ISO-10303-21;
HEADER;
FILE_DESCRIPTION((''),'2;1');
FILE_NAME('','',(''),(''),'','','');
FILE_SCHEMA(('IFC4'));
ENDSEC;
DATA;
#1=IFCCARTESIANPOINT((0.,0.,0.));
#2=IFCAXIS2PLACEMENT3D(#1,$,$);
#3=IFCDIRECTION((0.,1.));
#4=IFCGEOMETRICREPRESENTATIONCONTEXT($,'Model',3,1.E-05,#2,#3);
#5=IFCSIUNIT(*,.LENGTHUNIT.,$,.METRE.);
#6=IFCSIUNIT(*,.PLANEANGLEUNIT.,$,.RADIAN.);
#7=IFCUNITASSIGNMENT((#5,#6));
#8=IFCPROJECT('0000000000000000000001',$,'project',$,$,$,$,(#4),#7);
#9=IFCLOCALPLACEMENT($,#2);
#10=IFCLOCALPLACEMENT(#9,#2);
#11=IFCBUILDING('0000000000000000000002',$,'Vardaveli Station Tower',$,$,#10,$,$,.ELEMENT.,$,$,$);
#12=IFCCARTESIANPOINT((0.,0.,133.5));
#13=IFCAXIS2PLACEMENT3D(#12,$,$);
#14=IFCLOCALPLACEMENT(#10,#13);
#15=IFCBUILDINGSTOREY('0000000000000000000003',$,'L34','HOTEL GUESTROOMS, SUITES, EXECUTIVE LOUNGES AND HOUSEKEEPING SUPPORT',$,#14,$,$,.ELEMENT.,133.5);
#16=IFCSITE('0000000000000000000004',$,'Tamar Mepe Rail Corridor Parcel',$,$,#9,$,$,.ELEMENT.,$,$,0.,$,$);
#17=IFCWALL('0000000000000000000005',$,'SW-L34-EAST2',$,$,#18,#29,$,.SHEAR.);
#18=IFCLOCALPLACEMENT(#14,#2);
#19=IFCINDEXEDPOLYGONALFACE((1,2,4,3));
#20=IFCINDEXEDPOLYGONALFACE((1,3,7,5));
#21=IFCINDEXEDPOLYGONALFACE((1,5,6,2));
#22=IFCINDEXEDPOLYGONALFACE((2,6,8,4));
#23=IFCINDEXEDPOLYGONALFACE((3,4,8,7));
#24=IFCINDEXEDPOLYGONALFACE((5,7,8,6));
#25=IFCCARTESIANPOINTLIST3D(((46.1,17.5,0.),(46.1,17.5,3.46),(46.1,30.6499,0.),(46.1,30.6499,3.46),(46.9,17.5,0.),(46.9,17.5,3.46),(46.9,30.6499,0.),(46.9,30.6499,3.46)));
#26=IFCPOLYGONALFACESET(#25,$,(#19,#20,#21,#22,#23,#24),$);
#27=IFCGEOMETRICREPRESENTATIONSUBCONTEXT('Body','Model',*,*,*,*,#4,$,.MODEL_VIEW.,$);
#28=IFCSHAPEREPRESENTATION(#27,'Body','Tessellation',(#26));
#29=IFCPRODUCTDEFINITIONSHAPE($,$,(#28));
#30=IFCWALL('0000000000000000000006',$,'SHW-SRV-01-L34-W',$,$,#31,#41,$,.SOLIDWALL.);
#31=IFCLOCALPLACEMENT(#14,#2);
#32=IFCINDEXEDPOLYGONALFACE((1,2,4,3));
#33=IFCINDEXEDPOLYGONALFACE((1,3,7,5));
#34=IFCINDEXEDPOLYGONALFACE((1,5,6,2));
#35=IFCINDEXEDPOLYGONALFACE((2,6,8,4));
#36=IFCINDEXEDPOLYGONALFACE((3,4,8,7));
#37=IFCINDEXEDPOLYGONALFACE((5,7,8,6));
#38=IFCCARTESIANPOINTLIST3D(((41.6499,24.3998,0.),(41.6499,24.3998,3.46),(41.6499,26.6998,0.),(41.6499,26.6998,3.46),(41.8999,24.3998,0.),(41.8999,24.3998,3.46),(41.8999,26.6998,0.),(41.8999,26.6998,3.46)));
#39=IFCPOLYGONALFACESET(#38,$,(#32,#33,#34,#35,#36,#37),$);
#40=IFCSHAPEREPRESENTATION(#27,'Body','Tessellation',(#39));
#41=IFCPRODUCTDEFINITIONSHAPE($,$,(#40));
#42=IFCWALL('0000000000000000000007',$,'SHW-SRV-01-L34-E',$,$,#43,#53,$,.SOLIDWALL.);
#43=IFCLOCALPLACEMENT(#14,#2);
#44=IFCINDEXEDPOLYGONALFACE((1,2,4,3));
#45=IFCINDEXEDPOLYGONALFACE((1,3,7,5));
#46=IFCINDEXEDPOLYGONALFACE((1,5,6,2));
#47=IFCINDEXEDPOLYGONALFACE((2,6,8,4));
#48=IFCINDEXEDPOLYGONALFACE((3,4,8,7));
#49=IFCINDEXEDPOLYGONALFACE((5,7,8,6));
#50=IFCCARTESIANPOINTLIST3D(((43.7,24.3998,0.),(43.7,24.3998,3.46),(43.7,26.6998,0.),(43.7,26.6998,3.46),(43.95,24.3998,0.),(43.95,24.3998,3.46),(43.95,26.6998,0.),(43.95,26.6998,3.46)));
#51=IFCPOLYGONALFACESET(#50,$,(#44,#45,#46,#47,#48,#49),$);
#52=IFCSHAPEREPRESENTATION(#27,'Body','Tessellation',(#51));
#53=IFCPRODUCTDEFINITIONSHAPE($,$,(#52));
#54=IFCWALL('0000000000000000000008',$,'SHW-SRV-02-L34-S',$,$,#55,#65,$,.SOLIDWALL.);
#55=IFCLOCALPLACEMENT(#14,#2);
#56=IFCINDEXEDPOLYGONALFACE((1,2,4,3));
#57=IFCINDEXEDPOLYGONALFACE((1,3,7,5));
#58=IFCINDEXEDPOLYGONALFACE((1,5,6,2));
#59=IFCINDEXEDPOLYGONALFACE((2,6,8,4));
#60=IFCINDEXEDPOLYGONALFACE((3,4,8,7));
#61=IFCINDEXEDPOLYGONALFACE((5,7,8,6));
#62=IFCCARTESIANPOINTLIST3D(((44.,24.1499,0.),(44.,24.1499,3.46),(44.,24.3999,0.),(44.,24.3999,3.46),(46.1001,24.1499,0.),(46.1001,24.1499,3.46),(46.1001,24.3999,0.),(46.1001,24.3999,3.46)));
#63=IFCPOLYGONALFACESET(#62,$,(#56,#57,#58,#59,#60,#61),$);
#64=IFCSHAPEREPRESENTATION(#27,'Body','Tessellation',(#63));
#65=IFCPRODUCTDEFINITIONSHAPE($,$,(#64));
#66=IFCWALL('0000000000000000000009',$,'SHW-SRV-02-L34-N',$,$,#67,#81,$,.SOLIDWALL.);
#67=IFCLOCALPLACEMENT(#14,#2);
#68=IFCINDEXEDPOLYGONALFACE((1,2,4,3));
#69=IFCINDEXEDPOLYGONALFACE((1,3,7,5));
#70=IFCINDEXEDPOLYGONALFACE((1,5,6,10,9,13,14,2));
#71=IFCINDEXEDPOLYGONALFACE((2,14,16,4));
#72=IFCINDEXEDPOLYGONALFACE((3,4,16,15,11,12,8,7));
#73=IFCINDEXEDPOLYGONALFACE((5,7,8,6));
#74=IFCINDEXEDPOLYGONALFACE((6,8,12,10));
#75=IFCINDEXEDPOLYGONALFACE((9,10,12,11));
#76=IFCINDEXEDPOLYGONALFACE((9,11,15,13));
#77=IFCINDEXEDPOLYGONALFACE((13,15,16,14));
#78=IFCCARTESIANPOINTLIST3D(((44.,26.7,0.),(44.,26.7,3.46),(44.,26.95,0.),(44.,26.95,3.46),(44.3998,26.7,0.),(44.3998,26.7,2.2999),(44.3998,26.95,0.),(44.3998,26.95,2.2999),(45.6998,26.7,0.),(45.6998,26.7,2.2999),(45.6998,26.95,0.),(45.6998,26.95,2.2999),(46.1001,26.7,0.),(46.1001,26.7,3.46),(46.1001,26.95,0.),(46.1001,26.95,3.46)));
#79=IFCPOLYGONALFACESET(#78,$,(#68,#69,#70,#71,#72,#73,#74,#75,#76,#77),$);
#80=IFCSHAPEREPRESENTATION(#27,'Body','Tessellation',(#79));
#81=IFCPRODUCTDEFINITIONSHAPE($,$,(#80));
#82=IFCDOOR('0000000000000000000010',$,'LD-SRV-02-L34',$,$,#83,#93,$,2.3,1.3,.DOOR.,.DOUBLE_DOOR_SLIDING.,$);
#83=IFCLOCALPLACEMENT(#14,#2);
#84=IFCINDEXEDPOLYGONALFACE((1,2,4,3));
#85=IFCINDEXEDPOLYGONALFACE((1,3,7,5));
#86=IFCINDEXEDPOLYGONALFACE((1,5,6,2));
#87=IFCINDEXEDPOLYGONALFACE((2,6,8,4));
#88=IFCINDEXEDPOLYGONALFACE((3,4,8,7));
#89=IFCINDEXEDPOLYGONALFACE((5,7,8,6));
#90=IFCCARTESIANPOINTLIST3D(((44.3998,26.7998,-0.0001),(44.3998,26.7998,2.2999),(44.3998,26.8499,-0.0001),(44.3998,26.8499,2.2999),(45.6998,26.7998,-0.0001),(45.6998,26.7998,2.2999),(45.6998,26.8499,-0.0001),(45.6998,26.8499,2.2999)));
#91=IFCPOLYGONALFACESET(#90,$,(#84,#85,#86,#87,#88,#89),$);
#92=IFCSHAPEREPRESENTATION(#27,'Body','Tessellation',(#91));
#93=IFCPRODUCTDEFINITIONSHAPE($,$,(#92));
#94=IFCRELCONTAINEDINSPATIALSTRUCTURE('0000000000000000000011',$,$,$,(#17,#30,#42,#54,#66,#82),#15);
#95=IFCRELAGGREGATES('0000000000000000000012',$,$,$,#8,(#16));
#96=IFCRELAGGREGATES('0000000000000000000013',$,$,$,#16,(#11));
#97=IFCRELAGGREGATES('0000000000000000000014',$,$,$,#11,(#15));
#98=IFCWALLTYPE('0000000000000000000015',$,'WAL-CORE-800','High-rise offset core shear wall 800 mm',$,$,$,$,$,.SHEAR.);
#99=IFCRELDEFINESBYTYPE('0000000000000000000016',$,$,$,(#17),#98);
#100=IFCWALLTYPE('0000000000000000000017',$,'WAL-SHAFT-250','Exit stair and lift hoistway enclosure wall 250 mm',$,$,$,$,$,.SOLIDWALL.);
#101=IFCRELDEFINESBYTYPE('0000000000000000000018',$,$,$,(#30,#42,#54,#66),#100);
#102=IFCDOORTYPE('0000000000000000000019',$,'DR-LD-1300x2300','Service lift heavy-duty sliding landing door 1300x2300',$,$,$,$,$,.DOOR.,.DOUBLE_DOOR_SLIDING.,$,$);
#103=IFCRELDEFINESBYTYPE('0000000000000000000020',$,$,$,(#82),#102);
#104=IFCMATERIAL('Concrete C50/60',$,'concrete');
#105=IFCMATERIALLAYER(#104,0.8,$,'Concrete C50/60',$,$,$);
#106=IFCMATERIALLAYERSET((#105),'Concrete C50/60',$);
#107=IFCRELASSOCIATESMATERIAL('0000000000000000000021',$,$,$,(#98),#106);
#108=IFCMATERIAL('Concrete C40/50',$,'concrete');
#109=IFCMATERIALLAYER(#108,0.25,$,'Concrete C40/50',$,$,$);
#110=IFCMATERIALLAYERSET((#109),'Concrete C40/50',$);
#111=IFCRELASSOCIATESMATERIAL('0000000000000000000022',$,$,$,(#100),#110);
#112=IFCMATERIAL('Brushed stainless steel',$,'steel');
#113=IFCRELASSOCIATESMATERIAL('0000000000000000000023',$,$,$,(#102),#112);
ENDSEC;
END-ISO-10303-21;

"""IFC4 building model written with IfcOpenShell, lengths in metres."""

from ifc_helpers import new_model, si_unit, direction, frame, frame_2d, origin, place, context, subcontext, project, spatial, rectangle, extrude, source, transform, mapped, material, layer, layer_set, type_object, element, fill, save


model = new_model("IFC4")

# Units and contexts
model_context = context("Model", 3, precision=1e-05, world=origin(), true_north=direction((0.0, 1.0)))
body_context = subcontext(model_context, "Body", "Model", "MODEL_VIEW")
ifc_project = project(units=[si_unit("LENGTHUNIT", "METRE"), si_unit("PLANEANGLEUNIT", "RADIAN")], contexts=[model_context])

# Site, building, storey
site_placement = place(None, origin())
site = spatial("IfcSite", under=ifc_project, at=site_placement, Name="Tamar Mepe Rail Corridor Parcel", CompositionType="ELEMENT", RefElevation=0.0)
building_placement = place(site_placement, origin())
building = spatial("IfcBuilding", under=site, at=building_placement, Name="Vardaveli Station Tower", CompositionType="ELEMENT")
storey_placement = place(building_placement, frame((0.0, 0.0, 133.5)))
storey = spatial("IfcBuildingStorey", under=building, at=storey_placement, Name="L34", Description="HOTEL GUESTROOMS, SUITES, EXECUTIVE LOUNGES AND HOUSEKEEPING SUPPORT", CompositionType="ELEMENT", Elevation=133.5)

# Walls
ifc_material_1 = material(Name="Concrete C50/60", Category="concrete")
ifc_layer_1 = layer(ifc_material_1, 0.8, Name="Concrete C50/60")
ifc_layer_set_1 = layer_set([ifc_layer_1], Name="Concrete C50/60")
wall_type_1 = type_object("IfcWallType", Name="WAL-CORE-800", Description="High-rise offset core shear wall 800 mm", PredefinedType="SHEAR", material=ifc_layer_set_1)
shared_shape_1 = source(origin(), body_context, "Body", "SweptSolid", [
    extrude(rectangle(XDim=13.1499, YDim=0.8, at=frame_2d((6.575, 0.0))), origin(), (0.0, 0.0, 1.0), 3.46),
])
wall_1_placement = place(storey_placement, frame((46.5, 17.5, 0.0), z_axis=(0.0, 0.0, 1.0), x_axis=(0.0, 1.0, 0.0)))
element("IfcWall", 1, at=wall_1_placement, inside=storey, type_object=wall_type_1, Name="SW-L34-EAST2", PredefinedType="SHEAR", context=body_context, shape_type="MappedRepresentation", body=[
    mapped(shared_shape_1, transform((0.0, 0.0, 0.0), scale=1.0)),
])
ifc_material_2 = material(Name="Concrete C40/50", Category="concrete")
ifc_layer_2 = layer(ifc_material_2, 0.25, Name="Concrete C40/50")
ifc_layer_set_2 = layer_set([ifc_layer_2], Name="Concrete C40/50")
wall_type_2 = type_object("IfcWallType", Name="WAL-SHAFT-250", Description="Exit stair and lift hoistway enclosure wall 250 mm", PredefinedType="SOLIDWALL", material=ifc_layer_set_2)
shared_shape_2 = source(origin(), body_context, "Body", "SweptSolid", [
    extrude(rectangle(XDim=2.3, YDim=0.25, at=frame_2d((1.1499, 0.0))), origin(), (0.0, 0.0, 1.0), 3.46),
])
for number, where, z_axis, x_axis, name in (
    (2, (41.7749, 24.3999, 0.0), (0.0, 0.0, 1.0), (0.0, 1.0, 0.0), "SHW-SRV-01-L34-W"),
    (3, (43.825, 24.3999, 0.0), (0.0, 0.0, 1.0), (0.0, 1.0, 0.0), "SHW-SRV-01-L34-E"),
):
    element("IfcWall", number, at=place(storey_placement, frame(where, z_axis=z_axis, x_axis=x_axis)), inside=storey, type_object=wall_type_2, Name=name, PredefinedType="SOLIDWALL", context=body_context, shape_type="MappedRepresentation", body=[
        mapped(shared_shape_2, transform((0.0, 0.0, 0.0), scale=1.0)),
    ])
shared_shape_3 = source(origin(), body_context, "Body", "SweptSolid", [
    extrude(rectangle(XDim=2.1001, YDim=0.25, at=frame_2d((1.05, 0.0))), origin(), (0.0, 0.0, 1.0), 3.46),
])
wall_2_placement = place(storey_placement, frame((44.0, 24.2749, 0.0), z_axis=(0.0, 0.0, 1.0), x_axis=(1.0, 0.0, 0.0)))
element("IfcWall", 4, at=wall_2_placement, inside=storey, type_object=wall_type_2, Name="SHW-SRV-02-L34-S", PredefinedType="SOLIDWALL", context=body_context, shape_type="MappedRepresentation", body=[
    mapped(shared_shape_3, transform((0.0, 0.0, 0.0), scale=1.0)),
])

# Wall, opening, door
wall_3_placement = place(storey_placement, frame((44.0, 26.825, 0.0), z_axis=(0.0, 0.0, 1.0), x_axis=(1.0, 0.0, 0.0)))
wall_3 = element("IfcWall", 5, at=wall_3_placement, inside=storey, type_object=wall_type_2, Name="SHW-SRV-02-L34-N", PredefinedType="SOLIDWALL", context=body_context, shape_type="MappedRepresentation", body=[
    mapped(shared_shape_3, transform((0.0, 0.0, 0.0), scale=1.0)),
])
shared_shape_4 = source(origin(), body_context, "Body", "SweptSolid", [
    extrude(rectangle(XDim=1.3, YDim=2.3, at=frame_2d((0.6499, 1.1499))), frame((0.0, 0.135, 0.0), z_axis=(0.0, -1.0, 0.0), x_axis=(1.0, 0.0, 0.0)), (0.0, 0.0, 1.0), 0.27),
])
opening_placement = place(wall_3_placement, frame((0.3999, 0.0, 0.0)))
opening = element("IfcOpeningElement", 6, at=opening_placement, cuts=wall_3, PredefinedType="OPENING", context=body_context, shape_type="MappedRepresentation", body=[
    mapped(shared_shape_4, transform((0.0, 0.0, 0.0), scale=1.0)),
])
ifc_material_3 = material(Name="Brushed stainless steel", Category="steel")
door_type = type_object("IfcDoorType", Name="DR-LD-1300x2300", Description="Service lift heavy-duty sliding landing door 1300x2300", OperationType="DOUBLE_DOOR_SLIDING", PredefinedType="DOOR", material=ifc_material_3)
shared_shape_5 = source(origin(), body_context, "Body", "SweptSolid", [
    extrude(rectangle(XDim=1.3, YDim=2.3, at=frame_2d((0.6499, 1.1499))), frame((0.0, 0.0249, 0.0), z_axis=(0.0, -1.0, 0.0), x_axis=(1.0, 0.0, 0.0)), (0.0, 0.0, 1.0), 0.05),
])
door_placement = place(opening_placement, origin())
door = element("IfcDoor", 7, at=door_placement, inside=storey, type_object=door_type, Name="LD-SRV-02-L34", OperationType="DOUBLE_DOOR_SLIDING", OverallHeight=2.3, OverallWidth=1.3, PredefinedType="DOOR", context=body_context, shape_type="MappedRepresentation", body=[
    mapped(shared_shape_5, transform((0.0, 0.0, 0.0), scale=1.0)),
])
fill(opening, door)

save(model, "model.ifc")
